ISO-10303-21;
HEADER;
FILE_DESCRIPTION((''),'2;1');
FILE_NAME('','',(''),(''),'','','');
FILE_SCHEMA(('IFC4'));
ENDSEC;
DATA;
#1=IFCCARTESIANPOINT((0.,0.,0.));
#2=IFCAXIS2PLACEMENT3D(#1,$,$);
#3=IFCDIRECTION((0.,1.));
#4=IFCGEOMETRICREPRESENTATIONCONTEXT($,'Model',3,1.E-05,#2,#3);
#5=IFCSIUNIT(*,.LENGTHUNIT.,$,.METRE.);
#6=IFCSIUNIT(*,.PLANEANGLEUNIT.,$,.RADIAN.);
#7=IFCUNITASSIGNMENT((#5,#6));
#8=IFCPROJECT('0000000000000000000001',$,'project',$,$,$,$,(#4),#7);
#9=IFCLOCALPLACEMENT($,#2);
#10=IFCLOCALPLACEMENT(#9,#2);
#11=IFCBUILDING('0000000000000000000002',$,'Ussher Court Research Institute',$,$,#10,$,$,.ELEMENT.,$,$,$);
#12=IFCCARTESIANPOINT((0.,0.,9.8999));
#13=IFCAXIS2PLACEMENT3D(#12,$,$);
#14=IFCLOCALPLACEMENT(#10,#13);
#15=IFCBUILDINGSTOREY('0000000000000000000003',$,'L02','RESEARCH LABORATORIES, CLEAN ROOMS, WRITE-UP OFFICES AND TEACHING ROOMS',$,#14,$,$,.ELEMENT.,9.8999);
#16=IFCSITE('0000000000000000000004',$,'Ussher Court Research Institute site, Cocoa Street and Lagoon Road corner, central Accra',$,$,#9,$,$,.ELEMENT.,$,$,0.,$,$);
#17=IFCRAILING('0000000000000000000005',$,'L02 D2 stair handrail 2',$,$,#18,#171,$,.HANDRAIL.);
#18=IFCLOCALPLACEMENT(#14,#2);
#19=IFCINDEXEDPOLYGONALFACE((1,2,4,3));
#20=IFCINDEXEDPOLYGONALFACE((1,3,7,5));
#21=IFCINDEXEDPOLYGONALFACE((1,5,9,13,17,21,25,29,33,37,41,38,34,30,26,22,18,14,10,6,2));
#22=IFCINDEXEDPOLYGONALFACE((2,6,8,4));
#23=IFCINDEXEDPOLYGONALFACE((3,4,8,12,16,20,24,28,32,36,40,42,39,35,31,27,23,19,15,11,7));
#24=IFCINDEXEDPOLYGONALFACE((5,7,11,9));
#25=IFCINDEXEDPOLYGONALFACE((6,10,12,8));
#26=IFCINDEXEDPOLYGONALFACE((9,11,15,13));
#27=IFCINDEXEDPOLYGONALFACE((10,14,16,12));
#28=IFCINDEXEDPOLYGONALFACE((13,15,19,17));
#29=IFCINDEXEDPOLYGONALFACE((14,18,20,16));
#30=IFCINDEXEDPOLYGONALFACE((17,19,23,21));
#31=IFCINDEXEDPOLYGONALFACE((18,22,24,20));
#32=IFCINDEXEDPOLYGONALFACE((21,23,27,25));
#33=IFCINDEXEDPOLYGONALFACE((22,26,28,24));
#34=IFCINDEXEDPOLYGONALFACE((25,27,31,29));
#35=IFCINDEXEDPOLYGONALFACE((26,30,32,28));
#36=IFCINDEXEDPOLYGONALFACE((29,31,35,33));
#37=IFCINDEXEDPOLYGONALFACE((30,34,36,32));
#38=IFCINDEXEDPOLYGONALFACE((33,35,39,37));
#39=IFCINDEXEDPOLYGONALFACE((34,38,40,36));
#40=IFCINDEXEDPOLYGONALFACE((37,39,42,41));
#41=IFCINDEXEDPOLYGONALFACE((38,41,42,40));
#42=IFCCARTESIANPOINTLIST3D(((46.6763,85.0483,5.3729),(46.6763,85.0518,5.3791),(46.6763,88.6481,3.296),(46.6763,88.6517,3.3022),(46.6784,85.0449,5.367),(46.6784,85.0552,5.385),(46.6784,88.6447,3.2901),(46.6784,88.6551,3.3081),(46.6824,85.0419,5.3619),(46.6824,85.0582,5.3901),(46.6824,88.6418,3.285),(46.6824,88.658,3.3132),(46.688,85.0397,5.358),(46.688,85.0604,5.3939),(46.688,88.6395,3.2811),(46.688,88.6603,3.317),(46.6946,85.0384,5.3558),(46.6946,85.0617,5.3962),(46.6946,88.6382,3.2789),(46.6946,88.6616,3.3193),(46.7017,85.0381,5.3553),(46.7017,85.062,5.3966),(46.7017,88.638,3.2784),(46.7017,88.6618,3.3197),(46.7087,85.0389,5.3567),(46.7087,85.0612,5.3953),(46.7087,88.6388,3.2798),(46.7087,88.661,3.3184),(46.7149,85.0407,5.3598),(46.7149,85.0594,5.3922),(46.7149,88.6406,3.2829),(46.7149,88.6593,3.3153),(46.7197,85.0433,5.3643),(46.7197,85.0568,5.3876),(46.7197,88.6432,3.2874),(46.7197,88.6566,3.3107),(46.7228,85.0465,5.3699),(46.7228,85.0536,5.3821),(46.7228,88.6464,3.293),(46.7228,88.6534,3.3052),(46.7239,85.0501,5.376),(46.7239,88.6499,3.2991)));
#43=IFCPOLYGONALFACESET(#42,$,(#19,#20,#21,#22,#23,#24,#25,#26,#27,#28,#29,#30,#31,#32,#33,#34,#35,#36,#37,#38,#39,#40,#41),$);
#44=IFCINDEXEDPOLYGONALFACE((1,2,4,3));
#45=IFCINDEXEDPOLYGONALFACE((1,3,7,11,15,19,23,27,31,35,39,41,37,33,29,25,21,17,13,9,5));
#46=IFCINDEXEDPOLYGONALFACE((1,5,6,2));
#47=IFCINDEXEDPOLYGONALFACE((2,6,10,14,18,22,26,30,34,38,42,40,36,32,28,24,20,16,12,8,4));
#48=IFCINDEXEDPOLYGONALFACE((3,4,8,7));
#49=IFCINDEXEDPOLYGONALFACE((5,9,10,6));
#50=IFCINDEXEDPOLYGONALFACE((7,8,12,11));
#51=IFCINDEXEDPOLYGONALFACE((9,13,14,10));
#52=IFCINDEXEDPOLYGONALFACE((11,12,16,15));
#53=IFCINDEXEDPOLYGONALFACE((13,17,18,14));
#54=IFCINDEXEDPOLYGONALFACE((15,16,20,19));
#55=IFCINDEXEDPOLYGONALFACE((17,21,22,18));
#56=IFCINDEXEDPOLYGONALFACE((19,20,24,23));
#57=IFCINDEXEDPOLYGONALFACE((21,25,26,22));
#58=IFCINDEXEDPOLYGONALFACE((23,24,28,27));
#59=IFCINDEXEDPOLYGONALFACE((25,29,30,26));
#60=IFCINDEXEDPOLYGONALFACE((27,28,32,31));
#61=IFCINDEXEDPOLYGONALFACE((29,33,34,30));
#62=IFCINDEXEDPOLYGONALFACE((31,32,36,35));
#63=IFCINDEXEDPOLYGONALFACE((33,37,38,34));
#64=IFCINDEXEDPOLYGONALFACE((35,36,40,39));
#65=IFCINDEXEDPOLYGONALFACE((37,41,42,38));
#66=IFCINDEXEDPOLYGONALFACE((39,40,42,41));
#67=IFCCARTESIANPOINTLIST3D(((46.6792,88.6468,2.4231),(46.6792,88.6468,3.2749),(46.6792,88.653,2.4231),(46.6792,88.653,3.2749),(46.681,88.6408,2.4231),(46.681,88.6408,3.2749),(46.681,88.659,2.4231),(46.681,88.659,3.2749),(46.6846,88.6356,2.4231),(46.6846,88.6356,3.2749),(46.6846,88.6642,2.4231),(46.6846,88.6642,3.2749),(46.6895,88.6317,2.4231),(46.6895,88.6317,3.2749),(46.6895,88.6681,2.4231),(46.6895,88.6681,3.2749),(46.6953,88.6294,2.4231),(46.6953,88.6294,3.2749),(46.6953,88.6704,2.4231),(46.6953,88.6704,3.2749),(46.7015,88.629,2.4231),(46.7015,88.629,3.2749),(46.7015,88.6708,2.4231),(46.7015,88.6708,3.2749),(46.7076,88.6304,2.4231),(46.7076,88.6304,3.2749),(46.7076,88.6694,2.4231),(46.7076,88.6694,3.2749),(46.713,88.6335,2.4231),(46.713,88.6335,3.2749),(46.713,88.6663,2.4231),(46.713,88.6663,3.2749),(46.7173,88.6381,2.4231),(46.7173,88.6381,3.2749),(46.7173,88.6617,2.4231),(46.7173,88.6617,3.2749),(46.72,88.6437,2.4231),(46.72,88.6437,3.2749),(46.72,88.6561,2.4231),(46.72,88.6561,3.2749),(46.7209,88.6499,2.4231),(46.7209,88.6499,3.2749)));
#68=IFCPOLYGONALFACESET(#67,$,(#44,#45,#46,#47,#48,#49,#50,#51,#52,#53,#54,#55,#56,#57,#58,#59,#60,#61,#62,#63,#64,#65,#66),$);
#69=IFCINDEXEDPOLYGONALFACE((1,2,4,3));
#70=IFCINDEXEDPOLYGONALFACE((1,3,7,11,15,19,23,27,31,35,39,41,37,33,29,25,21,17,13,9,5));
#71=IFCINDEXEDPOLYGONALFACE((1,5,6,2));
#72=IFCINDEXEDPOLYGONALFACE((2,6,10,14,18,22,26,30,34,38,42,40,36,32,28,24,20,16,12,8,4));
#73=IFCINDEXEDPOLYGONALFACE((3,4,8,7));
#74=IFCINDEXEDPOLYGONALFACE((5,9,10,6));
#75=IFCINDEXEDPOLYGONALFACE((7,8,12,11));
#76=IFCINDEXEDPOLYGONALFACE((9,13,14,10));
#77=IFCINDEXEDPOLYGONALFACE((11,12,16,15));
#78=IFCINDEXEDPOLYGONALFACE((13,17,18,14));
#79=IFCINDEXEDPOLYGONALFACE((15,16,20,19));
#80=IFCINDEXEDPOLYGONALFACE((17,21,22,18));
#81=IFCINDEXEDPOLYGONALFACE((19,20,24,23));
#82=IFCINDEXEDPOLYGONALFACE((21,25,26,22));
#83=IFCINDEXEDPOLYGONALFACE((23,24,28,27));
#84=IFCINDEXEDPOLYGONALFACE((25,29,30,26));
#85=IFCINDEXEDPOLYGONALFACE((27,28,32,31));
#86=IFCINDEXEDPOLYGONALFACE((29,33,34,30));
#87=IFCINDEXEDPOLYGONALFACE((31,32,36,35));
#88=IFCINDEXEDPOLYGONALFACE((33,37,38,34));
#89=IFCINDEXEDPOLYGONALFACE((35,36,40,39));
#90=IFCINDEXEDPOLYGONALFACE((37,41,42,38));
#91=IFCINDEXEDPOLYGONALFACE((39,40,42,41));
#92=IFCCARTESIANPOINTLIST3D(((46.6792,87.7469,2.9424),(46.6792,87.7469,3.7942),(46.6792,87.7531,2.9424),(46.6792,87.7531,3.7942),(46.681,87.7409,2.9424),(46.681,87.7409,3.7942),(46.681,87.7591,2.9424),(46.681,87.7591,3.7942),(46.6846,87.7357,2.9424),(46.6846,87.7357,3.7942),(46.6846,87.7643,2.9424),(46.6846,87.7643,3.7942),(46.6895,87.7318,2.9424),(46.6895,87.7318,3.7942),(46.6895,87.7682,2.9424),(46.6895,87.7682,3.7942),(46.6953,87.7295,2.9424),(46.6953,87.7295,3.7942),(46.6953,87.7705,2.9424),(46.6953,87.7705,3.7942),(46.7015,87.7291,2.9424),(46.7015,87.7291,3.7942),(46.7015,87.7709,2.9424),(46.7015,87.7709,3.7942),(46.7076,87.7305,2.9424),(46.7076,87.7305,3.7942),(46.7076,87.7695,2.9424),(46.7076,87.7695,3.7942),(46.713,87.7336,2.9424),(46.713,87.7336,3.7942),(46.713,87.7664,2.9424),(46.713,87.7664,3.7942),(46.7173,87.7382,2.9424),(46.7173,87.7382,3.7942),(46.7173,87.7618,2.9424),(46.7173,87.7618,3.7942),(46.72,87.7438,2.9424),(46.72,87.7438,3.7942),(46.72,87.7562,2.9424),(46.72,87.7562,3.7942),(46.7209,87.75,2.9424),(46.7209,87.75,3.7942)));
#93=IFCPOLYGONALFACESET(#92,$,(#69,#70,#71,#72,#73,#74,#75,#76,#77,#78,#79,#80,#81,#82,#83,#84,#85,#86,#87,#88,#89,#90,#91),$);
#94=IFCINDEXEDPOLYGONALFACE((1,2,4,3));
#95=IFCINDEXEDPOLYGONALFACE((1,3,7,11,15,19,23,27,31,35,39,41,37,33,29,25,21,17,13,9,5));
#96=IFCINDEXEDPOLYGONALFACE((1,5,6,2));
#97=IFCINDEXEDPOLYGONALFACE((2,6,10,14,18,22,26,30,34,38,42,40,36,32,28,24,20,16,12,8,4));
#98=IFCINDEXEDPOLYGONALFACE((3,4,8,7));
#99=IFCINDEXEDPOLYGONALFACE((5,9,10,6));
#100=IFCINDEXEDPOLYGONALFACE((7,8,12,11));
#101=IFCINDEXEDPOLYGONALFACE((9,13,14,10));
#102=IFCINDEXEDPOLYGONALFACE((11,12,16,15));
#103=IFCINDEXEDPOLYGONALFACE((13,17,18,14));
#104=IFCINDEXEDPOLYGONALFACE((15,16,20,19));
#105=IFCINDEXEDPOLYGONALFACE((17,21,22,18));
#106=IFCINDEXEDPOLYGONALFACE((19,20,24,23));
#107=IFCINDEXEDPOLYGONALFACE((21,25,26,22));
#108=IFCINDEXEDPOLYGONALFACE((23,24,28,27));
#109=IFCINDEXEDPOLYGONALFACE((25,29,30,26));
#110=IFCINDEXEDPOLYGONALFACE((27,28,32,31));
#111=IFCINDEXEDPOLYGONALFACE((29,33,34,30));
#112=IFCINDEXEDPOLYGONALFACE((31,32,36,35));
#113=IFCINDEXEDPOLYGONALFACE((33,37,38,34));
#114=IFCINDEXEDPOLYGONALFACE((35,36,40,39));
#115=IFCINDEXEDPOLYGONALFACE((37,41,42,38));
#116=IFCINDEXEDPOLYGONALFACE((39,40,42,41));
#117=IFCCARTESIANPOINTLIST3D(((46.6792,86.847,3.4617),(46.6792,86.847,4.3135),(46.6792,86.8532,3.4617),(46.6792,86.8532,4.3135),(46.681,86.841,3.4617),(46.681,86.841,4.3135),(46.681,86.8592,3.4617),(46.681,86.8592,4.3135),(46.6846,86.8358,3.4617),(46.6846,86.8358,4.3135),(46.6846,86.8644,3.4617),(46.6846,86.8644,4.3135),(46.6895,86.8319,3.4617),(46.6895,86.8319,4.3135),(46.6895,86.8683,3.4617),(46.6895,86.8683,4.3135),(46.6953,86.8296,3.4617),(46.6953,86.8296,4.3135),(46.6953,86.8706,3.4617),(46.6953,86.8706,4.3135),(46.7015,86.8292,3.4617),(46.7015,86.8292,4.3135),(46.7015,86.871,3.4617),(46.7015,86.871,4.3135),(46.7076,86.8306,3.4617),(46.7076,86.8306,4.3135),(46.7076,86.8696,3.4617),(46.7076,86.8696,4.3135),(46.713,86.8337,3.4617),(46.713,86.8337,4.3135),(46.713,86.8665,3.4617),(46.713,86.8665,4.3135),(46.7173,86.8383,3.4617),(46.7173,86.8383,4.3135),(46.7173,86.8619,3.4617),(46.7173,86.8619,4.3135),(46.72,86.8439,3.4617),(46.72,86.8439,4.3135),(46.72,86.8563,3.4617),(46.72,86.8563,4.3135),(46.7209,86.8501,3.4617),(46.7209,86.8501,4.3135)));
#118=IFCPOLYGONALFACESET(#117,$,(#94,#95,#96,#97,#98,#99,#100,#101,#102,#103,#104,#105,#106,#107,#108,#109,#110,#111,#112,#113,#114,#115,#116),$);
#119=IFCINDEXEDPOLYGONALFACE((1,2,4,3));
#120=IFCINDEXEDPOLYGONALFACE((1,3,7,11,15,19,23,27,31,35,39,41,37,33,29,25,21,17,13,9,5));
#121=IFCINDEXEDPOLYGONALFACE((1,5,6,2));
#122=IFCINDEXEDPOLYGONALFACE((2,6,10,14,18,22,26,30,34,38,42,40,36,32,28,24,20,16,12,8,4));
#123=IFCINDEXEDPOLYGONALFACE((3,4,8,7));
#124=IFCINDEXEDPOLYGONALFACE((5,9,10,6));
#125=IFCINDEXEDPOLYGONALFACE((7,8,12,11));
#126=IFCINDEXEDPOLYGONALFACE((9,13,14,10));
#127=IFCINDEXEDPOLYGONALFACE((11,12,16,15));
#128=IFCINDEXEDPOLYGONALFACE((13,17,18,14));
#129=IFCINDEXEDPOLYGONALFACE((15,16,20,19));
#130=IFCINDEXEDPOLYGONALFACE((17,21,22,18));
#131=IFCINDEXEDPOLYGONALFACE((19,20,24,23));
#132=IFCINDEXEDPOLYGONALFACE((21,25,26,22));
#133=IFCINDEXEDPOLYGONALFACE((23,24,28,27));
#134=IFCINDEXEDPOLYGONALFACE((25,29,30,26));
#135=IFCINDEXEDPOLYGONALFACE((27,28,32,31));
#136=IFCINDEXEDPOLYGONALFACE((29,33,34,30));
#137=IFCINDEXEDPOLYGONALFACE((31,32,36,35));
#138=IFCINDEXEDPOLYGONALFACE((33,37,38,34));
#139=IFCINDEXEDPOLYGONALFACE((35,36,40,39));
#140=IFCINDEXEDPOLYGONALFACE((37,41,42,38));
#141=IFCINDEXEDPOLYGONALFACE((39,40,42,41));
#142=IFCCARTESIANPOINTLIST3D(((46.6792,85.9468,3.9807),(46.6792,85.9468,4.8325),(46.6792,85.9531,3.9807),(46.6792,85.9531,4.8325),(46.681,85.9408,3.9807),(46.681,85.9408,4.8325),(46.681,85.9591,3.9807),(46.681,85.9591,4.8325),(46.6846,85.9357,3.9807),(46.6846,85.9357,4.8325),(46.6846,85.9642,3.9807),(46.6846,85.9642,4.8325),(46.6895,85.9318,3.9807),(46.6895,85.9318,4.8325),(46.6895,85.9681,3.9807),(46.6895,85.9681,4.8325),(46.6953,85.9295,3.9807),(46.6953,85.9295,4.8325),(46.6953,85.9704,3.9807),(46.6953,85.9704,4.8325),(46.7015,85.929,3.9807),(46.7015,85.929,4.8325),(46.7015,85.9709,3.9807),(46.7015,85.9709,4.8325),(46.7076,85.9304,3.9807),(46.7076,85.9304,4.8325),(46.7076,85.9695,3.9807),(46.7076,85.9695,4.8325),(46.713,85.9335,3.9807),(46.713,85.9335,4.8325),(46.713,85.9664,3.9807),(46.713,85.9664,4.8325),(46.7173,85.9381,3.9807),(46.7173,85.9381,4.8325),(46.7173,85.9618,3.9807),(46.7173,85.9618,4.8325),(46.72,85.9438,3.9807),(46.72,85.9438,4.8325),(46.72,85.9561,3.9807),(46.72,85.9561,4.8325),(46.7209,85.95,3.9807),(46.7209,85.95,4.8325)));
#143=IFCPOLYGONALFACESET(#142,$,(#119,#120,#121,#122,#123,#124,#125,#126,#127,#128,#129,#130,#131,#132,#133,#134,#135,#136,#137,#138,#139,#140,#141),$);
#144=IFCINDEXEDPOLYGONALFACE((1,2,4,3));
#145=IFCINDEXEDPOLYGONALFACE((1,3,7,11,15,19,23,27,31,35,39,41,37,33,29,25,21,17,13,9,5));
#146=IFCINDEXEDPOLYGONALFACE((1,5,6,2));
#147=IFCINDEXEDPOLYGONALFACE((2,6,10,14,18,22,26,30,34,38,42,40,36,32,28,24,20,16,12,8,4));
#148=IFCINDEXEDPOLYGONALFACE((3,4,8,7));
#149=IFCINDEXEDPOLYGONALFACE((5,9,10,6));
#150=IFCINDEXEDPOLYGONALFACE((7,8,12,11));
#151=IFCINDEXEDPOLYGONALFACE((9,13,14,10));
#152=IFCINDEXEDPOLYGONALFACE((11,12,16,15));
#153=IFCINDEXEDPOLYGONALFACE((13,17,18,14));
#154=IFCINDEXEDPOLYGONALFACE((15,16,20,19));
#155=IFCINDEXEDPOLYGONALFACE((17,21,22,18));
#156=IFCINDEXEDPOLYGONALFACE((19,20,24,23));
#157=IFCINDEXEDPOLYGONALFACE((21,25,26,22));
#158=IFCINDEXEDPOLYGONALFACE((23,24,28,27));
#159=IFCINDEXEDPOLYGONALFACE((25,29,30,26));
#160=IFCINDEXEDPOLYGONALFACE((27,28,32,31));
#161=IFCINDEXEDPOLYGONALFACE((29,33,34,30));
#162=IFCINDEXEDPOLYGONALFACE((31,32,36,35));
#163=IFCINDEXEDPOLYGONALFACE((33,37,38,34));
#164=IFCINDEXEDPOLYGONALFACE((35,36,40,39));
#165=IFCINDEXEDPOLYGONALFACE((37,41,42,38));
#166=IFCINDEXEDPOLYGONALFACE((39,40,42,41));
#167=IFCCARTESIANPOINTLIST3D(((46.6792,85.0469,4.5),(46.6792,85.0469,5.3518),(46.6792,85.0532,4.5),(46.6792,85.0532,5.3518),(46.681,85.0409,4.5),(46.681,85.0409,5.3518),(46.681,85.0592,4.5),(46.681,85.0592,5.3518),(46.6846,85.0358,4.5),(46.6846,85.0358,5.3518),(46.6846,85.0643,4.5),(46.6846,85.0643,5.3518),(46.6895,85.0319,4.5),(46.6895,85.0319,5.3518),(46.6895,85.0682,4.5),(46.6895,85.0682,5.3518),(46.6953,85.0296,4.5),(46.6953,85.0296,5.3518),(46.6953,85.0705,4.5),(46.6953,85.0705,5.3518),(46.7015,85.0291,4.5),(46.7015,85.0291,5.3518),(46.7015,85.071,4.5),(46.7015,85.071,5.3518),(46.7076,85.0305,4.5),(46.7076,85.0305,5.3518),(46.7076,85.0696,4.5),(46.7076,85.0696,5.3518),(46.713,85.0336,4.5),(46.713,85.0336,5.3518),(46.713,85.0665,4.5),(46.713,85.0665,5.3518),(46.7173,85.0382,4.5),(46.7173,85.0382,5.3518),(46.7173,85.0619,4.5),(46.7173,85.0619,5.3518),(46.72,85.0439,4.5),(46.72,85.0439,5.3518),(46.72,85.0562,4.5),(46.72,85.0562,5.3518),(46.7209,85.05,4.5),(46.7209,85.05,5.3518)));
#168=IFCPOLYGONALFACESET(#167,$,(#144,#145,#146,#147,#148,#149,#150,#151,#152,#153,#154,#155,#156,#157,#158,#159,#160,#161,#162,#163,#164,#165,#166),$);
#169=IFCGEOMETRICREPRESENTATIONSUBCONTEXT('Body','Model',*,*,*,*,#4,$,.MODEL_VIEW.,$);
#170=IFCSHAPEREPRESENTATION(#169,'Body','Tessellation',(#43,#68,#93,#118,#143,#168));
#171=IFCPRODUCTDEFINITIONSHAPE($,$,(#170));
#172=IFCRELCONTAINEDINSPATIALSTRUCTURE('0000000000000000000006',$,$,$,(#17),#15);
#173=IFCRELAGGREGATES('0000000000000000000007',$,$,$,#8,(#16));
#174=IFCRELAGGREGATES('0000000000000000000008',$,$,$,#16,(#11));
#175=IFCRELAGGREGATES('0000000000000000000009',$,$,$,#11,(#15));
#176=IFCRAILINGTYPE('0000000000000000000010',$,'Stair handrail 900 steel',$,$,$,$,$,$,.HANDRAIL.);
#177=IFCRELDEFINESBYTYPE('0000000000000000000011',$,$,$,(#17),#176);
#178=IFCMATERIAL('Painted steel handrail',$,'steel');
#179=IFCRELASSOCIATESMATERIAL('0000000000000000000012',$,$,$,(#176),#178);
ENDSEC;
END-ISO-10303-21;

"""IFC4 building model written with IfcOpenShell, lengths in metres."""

from ifc_helpers import new_model, si_unit, direction, frame, origin, origin_2d, place, context, subcontext, project, spatial, circle, extrude, material, type_object, element, save


model = new_model("IFC4")

# Units and contexts
model_context = context("Model", 3, precision=1e-05, world=origin(), true_north=direction((0.0, 1.0)))
body_context = subcontext(model_context, "Body", "Model", "MODEL_VIEW")
ifc_project = project(units=[si_unit("LENGTHUNIT", "METRE"), si_unit("PLANEANGLEUNIT", "RADIAN")], contexts=[model_context])

# Site, building, storey
site_placement = place(None, origin())
site = spatial("IfcSite", under=ifc_project, at=site_placement, Name="Ussher Court Research Institute site, Cocoa Street and Lagoon Road corner, central Accra", CompositionType="ELEMENT", RefElevation=0.0)
building_placement = place(site_placement, origin())
building = spatial("IfcBuilding", under=site, at=building_placement, Name="Ussher Court Research Institute", CompositionType="ELEMENT")
storey_placement = place(building_placement, frame((0.0, 0.0, 9.8999)))
storey = spatial("IfcBuildingStorey", under=building, at=storey_placement, Name="L02", Description="RESEARCH LABORATORIES, CLEAN ROOMS, WRITE-UP OFFICES AND TEACHING ROOMS", CompositionType="ELEMENT", Elevation=9.8999)

# Railing
ifc_material_1 = material(Name="Painted steel handrail", Category="steel")
railing_type_1 = type_object("IfcRailingType", Name="Stair handrail 900 steel", PredefinedType="HANDRAIL", material=ifc_material_1)
railing_1_placement = place(storey_placement, frame((46.7, 88.6499, 2.4231)))
element("IfcRailing", 1, at=railing_1_placement, inside=storey, type_object=railing_type_1, Name="L02 D2 stair handrail 2", PredefinedType="HANDRAIL", context=body_context, shape_type="SweptSolid", body=[
    extrude(circle(Radius=0.0239, at=origin_2d()), frame((0.0, 0.0, 0.876), z_axis=(0.0, -0.866179, 0.499734), x_axis=(1.0, 0.0, 0.0)), (0.0, 0.0, 1.0), 4.156),
    extrude(circle(Radius=0.021, at=origin_2d()), origin(), (0.0, 0.0, 1.0), 0.8518),
    extrude(circle(Radius=0.021, at=origin_2d()), frame((0.0, -0.8999, 0.5193)), (0.0, 0.0, 1.0), 0.8518),
    extrude(circle(Radius=0.021, at=origin_2d()), frame((0.0, -1.7998, 1.0386)), (0.0, 0.0, 1.0), 0.8518),
    extrude(circle(Radius=0.021, at=origin_2d()), frame((0.0, -2.7, 1.5576)), (0.0, 0.0, 1.0), 0.8518),
    extrude(circle(Radius=0.021, at=origin_2d()), frame((0.0, -3.5999, 2.0769)), (0.0, 0.0, 1.0), 0.8518),
])

save(model, "model.ifc")
